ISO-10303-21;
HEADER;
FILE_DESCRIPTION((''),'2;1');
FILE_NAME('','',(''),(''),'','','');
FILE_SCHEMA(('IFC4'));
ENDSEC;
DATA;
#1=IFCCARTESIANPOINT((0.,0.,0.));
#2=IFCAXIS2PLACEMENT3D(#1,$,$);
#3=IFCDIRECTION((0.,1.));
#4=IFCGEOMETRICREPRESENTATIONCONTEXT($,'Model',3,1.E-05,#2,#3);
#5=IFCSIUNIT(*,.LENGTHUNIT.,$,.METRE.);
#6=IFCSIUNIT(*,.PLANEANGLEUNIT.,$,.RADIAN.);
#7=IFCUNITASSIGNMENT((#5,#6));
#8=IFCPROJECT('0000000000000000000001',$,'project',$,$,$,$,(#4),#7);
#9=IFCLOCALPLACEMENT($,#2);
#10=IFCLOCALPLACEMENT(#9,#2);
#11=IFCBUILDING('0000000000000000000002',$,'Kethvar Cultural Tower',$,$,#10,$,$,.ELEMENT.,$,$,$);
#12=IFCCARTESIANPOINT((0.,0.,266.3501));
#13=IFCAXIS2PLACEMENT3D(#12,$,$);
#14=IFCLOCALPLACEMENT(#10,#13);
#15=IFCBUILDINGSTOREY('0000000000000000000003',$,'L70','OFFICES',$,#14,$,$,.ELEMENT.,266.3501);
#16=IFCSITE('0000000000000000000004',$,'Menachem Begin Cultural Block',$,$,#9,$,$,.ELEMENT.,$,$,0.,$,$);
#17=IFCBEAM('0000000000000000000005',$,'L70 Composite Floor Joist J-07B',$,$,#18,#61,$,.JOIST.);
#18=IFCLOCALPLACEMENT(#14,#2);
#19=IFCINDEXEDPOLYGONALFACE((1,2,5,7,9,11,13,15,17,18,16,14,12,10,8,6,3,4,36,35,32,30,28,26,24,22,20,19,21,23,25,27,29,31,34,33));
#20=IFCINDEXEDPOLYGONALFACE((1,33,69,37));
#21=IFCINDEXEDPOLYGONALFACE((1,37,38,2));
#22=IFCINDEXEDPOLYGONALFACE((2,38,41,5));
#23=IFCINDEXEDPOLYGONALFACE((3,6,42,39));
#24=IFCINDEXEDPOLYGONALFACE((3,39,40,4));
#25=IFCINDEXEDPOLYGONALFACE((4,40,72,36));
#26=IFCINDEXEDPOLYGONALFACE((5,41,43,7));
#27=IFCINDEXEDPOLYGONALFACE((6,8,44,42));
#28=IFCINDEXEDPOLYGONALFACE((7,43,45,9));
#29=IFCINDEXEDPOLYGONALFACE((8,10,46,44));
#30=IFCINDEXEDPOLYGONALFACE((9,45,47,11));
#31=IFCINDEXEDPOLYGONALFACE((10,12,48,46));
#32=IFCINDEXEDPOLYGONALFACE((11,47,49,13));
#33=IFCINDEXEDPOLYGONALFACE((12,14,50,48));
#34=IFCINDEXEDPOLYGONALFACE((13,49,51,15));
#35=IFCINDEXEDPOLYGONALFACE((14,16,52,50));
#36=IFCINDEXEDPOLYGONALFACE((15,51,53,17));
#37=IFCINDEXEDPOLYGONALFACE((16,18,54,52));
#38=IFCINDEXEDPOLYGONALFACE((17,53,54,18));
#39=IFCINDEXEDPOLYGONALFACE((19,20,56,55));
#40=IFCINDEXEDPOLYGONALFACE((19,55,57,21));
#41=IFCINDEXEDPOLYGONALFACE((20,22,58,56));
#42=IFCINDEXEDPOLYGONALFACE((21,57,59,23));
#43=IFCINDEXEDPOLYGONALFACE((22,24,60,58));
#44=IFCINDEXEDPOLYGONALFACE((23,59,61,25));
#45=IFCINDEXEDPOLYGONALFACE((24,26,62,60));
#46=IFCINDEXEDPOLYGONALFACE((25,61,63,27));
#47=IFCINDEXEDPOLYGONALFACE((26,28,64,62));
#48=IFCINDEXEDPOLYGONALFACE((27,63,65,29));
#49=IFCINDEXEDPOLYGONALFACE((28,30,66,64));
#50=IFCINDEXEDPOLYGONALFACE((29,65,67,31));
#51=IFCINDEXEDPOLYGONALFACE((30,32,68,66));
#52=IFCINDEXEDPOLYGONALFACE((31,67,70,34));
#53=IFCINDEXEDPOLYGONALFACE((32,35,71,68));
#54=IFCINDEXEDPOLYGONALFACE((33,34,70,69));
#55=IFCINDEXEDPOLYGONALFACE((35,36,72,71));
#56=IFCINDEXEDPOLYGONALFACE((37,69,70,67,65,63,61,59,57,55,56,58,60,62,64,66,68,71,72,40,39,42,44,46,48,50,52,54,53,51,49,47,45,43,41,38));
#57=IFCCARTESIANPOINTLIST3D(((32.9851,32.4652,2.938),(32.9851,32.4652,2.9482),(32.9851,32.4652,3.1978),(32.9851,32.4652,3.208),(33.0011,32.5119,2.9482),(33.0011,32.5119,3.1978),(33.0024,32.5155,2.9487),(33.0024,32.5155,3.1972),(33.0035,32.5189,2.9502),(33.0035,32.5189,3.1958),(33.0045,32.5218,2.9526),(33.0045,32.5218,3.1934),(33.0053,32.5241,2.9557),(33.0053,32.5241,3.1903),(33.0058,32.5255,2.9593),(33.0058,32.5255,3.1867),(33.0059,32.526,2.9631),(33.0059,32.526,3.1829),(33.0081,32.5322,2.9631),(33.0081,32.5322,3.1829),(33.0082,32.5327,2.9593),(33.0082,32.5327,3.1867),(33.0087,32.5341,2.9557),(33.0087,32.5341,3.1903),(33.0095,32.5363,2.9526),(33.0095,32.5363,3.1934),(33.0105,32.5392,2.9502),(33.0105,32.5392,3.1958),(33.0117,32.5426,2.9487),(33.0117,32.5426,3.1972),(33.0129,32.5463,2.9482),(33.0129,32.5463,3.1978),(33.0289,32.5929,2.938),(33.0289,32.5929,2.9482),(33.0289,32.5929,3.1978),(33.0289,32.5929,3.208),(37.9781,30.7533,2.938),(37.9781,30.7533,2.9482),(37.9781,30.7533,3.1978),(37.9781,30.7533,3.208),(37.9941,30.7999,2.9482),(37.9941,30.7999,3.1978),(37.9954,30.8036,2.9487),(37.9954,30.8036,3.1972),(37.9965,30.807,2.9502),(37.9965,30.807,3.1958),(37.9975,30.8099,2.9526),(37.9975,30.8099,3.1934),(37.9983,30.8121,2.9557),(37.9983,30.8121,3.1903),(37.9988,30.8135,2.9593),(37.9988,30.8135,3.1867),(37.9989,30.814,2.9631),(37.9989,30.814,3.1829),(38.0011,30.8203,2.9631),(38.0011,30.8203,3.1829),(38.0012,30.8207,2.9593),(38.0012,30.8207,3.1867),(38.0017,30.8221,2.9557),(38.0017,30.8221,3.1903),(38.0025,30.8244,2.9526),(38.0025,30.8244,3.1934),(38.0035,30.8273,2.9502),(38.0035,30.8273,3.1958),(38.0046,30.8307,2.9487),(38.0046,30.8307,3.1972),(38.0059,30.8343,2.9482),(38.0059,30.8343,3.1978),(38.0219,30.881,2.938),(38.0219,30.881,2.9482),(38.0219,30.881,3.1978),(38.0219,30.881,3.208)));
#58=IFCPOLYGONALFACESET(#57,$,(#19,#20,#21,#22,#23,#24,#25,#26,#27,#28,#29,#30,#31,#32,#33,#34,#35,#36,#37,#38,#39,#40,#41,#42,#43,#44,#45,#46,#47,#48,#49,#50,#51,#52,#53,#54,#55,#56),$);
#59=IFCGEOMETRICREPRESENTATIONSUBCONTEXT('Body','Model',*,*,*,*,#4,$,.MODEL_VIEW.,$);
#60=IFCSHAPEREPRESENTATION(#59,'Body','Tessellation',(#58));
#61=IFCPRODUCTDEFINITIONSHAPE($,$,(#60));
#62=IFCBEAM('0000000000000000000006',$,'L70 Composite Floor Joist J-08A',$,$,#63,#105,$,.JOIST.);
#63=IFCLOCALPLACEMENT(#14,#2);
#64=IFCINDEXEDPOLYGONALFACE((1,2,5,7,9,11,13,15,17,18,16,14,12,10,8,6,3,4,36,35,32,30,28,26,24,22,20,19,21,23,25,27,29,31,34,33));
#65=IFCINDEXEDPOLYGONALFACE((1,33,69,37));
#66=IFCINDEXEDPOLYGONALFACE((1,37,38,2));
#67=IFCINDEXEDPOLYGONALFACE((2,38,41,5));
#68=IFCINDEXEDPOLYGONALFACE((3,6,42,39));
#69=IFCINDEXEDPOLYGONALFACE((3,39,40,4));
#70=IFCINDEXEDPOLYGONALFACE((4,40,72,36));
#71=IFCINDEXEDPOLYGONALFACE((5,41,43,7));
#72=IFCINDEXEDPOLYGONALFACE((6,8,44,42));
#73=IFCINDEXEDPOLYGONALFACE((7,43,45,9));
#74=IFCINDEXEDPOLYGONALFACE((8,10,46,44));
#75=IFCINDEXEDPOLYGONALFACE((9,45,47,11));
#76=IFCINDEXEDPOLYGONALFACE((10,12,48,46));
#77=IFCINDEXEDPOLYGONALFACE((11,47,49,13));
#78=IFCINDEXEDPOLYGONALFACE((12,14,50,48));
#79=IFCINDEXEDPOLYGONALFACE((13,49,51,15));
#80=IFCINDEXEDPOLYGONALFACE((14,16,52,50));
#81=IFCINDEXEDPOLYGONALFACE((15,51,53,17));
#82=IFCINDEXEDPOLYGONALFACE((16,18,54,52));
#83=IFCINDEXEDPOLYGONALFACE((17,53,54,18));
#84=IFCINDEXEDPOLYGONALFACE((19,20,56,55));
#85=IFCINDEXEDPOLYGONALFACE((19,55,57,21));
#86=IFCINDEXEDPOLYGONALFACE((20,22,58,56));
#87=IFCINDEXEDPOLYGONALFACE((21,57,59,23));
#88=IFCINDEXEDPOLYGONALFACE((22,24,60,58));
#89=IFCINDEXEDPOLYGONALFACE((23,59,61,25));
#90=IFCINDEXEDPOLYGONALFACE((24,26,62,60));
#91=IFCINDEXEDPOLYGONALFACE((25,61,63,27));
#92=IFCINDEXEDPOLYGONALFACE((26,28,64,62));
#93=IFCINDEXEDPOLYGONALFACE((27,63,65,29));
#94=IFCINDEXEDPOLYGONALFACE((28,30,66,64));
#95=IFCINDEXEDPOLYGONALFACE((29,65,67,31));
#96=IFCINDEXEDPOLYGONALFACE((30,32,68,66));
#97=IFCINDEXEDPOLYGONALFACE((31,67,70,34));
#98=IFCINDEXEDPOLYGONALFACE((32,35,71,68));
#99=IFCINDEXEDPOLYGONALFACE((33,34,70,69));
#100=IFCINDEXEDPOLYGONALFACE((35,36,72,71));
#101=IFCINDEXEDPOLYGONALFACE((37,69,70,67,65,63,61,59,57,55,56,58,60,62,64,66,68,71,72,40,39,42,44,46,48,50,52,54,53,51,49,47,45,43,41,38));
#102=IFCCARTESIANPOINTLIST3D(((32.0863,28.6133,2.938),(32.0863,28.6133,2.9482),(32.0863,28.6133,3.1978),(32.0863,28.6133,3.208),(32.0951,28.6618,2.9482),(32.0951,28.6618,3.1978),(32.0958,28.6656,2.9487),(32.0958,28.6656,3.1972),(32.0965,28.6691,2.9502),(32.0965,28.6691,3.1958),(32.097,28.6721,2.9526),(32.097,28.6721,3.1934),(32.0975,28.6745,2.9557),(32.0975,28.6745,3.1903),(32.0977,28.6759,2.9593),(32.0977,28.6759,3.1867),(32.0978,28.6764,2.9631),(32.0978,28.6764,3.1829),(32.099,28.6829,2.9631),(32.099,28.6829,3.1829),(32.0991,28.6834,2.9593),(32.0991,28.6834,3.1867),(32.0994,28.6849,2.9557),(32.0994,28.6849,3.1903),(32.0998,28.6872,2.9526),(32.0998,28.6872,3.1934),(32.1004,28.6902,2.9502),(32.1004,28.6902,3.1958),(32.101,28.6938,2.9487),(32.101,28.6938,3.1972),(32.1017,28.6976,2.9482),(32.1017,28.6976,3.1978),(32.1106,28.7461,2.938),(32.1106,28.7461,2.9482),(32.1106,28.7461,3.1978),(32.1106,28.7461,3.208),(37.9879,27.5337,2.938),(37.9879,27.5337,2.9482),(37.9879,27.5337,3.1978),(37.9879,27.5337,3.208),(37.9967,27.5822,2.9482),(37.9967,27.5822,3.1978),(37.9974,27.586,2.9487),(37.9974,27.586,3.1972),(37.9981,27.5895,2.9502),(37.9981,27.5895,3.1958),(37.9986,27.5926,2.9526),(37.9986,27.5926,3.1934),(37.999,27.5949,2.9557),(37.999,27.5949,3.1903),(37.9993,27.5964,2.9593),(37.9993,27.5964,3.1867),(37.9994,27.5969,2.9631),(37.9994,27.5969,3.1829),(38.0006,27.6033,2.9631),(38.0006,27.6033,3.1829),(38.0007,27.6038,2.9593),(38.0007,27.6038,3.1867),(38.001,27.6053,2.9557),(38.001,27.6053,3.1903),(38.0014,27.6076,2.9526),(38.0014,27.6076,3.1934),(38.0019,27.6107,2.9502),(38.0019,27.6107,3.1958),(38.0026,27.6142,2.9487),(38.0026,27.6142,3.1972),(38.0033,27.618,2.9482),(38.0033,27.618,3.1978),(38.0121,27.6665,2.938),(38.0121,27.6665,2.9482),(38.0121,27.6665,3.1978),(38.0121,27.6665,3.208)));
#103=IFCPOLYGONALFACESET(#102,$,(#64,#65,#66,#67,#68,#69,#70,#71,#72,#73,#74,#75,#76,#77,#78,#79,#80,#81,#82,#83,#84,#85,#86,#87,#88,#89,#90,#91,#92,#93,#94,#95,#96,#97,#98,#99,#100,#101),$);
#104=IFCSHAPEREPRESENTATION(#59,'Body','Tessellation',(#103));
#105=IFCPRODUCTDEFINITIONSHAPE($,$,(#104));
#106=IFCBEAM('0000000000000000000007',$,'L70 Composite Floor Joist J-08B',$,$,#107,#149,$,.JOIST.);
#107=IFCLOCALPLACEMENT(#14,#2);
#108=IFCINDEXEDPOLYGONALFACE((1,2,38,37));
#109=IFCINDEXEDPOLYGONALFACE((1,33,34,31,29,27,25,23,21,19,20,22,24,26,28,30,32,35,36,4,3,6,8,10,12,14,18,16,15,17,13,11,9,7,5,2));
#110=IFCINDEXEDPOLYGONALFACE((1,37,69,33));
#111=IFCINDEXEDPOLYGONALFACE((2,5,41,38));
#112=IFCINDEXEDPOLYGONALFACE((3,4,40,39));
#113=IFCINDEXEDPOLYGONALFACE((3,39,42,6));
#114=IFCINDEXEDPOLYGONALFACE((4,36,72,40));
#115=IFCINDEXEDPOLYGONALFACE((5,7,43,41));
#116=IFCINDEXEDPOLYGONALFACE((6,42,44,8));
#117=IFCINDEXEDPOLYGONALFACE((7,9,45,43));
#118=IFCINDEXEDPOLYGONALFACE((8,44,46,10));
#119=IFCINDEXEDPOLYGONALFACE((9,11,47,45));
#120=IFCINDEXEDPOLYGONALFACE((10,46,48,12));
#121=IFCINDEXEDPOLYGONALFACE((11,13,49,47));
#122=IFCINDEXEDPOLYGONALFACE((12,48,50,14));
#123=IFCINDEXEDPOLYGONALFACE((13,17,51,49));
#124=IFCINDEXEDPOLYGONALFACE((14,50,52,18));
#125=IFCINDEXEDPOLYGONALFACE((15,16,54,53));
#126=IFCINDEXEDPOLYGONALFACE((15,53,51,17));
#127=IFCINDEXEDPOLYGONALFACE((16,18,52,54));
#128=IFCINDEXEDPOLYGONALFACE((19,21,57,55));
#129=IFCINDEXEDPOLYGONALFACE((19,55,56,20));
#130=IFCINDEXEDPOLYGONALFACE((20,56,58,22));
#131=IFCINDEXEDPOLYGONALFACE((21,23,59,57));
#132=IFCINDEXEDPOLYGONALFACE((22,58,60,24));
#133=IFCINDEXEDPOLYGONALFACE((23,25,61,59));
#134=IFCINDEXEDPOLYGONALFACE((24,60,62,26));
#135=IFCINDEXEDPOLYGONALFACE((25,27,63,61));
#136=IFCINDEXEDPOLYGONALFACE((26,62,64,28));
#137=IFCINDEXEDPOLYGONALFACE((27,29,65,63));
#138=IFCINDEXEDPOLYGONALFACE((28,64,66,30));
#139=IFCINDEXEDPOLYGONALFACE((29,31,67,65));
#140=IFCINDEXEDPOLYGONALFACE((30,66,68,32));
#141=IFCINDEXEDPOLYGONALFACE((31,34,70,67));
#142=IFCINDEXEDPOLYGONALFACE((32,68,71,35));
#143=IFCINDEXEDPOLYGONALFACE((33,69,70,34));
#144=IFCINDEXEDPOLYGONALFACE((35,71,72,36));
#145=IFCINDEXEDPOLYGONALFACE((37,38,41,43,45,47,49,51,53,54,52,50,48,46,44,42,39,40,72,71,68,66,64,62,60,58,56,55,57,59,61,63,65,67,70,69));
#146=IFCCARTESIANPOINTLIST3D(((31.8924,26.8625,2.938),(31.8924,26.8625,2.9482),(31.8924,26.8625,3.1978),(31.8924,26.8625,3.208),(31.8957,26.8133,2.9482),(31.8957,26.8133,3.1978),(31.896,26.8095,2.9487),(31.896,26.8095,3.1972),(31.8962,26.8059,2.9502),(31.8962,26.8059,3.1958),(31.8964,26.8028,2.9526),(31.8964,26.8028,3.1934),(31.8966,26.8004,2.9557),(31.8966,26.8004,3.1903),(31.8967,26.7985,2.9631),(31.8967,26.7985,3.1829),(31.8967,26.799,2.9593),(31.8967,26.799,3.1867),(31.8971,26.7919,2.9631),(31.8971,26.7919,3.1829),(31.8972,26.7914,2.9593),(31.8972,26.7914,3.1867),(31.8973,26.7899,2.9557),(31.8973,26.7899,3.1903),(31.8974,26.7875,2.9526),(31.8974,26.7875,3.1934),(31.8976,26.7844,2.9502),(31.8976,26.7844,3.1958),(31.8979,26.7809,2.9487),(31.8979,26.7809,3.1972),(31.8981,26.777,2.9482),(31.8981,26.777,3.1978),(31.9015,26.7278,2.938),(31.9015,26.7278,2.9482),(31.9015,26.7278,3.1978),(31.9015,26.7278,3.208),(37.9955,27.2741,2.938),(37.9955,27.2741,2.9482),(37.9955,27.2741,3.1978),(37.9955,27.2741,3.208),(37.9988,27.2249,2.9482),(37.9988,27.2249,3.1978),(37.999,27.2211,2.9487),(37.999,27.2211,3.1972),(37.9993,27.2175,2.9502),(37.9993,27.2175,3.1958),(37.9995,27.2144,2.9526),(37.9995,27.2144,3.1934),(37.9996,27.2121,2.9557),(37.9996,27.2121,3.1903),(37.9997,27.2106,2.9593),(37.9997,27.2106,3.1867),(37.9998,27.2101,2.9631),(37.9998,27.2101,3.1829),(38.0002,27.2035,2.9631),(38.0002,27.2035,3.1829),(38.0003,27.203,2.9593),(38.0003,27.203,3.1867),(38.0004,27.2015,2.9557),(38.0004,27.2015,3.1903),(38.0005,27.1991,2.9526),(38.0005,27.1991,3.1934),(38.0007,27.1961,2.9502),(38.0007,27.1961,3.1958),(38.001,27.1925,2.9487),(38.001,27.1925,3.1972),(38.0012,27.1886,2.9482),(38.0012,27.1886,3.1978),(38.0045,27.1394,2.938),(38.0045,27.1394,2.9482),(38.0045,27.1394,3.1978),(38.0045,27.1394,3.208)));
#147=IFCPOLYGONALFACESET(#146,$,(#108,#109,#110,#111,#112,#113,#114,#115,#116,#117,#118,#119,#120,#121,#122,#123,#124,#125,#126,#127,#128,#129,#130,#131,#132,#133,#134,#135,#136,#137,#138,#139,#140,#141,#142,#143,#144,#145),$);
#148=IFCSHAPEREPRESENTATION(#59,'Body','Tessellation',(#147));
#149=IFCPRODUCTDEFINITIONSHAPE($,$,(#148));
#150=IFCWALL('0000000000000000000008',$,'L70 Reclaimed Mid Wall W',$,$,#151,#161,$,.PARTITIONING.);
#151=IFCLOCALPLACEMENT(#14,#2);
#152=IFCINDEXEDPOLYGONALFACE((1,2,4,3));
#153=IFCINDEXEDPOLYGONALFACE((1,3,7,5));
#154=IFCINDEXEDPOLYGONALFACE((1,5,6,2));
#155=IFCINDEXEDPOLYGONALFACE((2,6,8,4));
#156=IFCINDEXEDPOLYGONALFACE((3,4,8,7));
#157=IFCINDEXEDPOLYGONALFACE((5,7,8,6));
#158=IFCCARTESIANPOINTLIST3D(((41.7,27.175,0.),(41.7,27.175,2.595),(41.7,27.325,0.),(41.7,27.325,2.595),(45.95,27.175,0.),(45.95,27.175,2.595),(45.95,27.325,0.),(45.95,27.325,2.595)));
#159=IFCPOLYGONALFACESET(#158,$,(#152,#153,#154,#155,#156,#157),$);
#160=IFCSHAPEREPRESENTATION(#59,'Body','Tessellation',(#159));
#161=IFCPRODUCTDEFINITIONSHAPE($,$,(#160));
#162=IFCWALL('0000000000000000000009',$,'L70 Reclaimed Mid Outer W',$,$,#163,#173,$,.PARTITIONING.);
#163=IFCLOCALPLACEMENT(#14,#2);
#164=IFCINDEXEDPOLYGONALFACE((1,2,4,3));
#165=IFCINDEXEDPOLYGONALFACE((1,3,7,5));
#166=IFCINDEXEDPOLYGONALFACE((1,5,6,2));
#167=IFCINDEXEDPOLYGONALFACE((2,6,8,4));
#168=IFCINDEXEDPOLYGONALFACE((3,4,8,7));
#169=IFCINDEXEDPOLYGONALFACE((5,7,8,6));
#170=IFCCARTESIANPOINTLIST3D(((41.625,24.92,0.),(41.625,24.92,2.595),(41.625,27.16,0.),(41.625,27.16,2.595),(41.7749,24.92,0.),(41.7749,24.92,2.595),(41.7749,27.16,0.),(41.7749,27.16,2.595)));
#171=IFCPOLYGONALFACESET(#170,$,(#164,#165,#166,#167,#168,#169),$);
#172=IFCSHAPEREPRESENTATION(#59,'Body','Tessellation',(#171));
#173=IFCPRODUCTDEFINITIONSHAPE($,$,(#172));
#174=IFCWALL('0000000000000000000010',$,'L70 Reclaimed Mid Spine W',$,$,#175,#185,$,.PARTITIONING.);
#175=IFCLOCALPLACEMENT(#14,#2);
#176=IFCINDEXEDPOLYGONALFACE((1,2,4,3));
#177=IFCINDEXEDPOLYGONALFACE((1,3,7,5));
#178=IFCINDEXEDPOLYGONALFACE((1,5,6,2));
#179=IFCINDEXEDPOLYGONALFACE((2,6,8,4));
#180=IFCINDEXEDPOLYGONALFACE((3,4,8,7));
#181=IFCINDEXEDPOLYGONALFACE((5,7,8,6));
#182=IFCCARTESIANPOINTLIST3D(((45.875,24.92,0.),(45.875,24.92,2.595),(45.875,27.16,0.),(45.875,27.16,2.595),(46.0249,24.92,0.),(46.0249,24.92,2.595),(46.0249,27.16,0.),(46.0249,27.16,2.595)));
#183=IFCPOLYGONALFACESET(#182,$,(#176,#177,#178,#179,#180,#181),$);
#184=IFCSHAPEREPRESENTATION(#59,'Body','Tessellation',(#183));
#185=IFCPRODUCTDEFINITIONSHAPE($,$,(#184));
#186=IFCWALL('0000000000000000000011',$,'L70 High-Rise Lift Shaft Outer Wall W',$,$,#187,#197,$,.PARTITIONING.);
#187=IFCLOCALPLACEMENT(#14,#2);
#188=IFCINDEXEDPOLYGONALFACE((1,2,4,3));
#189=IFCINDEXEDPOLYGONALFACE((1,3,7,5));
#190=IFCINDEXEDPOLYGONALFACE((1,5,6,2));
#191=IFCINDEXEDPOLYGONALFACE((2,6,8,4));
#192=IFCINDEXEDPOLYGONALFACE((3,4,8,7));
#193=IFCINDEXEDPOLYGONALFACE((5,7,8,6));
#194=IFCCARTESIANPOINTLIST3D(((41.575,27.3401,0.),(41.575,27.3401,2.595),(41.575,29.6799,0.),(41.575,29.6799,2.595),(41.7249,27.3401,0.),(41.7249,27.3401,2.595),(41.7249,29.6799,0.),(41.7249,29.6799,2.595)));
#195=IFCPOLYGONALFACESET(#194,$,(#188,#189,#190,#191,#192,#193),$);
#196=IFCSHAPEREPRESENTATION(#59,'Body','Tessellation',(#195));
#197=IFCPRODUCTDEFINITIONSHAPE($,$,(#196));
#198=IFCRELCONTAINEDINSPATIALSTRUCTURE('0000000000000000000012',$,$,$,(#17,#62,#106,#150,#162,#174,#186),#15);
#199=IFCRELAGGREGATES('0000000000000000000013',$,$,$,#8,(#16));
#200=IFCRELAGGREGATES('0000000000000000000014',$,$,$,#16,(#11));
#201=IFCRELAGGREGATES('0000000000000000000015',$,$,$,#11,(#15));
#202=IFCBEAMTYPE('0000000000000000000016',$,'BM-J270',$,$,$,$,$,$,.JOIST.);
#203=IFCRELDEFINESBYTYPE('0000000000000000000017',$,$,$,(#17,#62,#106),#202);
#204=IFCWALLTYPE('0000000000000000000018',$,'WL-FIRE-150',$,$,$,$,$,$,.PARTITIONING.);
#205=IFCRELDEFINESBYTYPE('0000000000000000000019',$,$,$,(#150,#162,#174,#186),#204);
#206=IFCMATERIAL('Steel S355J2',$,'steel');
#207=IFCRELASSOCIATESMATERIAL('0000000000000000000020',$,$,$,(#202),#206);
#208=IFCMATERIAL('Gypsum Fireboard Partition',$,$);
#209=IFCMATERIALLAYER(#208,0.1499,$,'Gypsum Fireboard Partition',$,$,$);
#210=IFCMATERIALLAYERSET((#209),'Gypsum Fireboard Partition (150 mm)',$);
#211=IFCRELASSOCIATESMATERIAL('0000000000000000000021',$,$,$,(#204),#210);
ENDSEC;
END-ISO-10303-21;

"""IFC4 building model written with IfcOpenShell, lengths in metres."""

from ifc_helpers import new_model, si_unit, direction, frame, frame_2d, origin, origin_2d, place, context, subcontext, project, spatial, rectangle, i_section, extrude, source, transform, mapped, material, layer, layer_set, material_profile, profile_set, type_object, element, save


model = new_model("IFC4")

# Units and contexts
model_context = context("Model", 3, precision=1e-05, world=origin(), true_north=direction((0.0, 1.0)))
body_context = subcontext(model_context, "Body", "Model", "MODEL_VIEW")
ifc_project = project(units=[si_unit("LENGTHUNIT", "METRE"), si_unit("PLANEANGLEUNIT", "RADIAN")], contexts=[model_context])

# Site, building, storey
site_placement = place(None, origin())
site = spatial("IfcSite", under=ifc_project, at=site_placement, Name="Menachem Begin Cultural Block", CompositionType="ELEMENT", RefElevation=0.0)
building_placement = place(site_placement, origin())
building = spatial("IfcBuilding", under=site, at=building_placement, Name="Kethvar Cultural Tower", CompositionType="ELEMENT")
storey_placement = place(building_placement, frame((0.0, 0.0, 266.3501)))
storey = spatial("IfcBuildingStorey", under=building, at=storey_placement, Name="L70", Description="OFFICES", CompositionType="ELEMENT", Elevation=266.3501)

# Beams
ifc_material_1 = material(Name="Steel S355J2", Category="steel")
ifc_material_profile_1 = material_profile(ifc_material_1, i_section(OverallWidth=0.135, OverallDepth=0.27, WebThickness=0.0066, FlangeThickness=0.0103, FilletRadius=0.0149, at=origin_2d()), Name="Steel S355J2 — IPE270")
ifc_profile_set_1 = profile_set([ifc_material_profile_1], Name="Steel S355J2 — IPE270")
beam_type_1 = type_object("IfcBeamType", Name="BM-J270", PredefinedType="JOIST", material=ifc_profile_set_1)
shared_shape_1 = source(origin(), body_context, "Body", "SweptSolid", [
    extrude(i_section(OverallWidth=0.135, OverallDepth=0.27, WebThickness=0.0066, FlangeThickness=0.0103, FilletRadius=0.0149, at=origin_2d()), origin(), (0.0, 0.0, 1.0), 5.2783),
])
beam_1_placement = place(storey_placement, frame((38.0, 30.8171, 3.073), z_axis=(-0.945943, 0.324334, 0.0), x_axis=(-0.324334, -0.945943, 0.0)))
element("IfcBeam", 1, at=beam_1_placement, inside=storey, type_object=beam_type_1, Name="L70 Composite Floor Joist J-07B", PredefinedType="JOIST", context=body_context, shape_type="MappedRepresentation", body=[
    mapped(shared_shape_1, transform((0.0, 0.0, 0.0), scale=1.0)),
])
shared_shape_2 = source(origin(), body_context, "Body", "SweptSolid", [
    extrude(i_section(OverallWidth=0.135, OverallDepth=0.27, WebThickness=0.0066, FlangeThickness=0.0103, FilletRadius=0.0149, at=origin_2d()), origin(), (0.0, 0.0, 1.0), 5.9995),
])
beam_2_placement = place(storey_placement, frame((38.0, 27.6001, 3.073), z_axis=(-0.983677, 0.179945, 0.0), x_axis=(-0.179945, -0.983677, 0.0)))
element("IfcBeam", 2, at=beam_2_placement, inside=storey, type_object=beam_type_1, Name="L70 Composite Floor Joist J-08A", PredefinedType="JOIST", context=body_context, shape_type="MappedRepresentation", body=[
    mapped(shared_shape_2, transform((0.0, 0.0, 0.0), scale=1.0)),
])
shared_shape_3 = source(origin(), body_context, "Body", "SweptSolid", [
    extrude(i_section(OverallWidth=0.135, OverallDepth=0.27, WebThickness=0.0066, FlangeThickness=0.0103, FilletRadius=0.0149, at=origin_2d()), origin(), (0.0, 0.0, 1.0), 6.1169),
])
beam_3_placement = place(storey_placement, frame((38.0, 27.2068, 3.073), z_axis=(-0.997733, -0.067293, 0.0), x_axis=(0.067293, -0.997733, 0.0)))
element("IfcBeam", 3, at=beam_3_placement, inside=storey, type_object=beam_type_1, Name="L70 Composite Floor Joist J-08B", PredefinedType="JOIST", context=body_context, shape_type="MappedRepresentation", body=[
    mapped(shared_shape_3, transform((0.0, 0.0, 0.0), scale=1.0)),
])

# Walls
ifc_material_2 = material(Name="Gypsum Fireboard Partition")
ifc_layer_1 = layer(ifc_material_2, 0.1499, Name="Gypsum Fireboard Partition")
ifc_layer_set_1 = layer_set([ifc_layer_1], Name="Gypsum Fireboard Partition (150 mm)")
wall_type_1 = type_object("IfcWallType", Name="WL-FIRE-150", PredefinedType="PARTITIONING", material=ifc_layer_set_1)
wall_1_placement = place(storey_placement, frame((41.7, 27.25, 0.0), z_axis=(0.0, 0.0, 1.0), x_axis=(1.0, 0.0, 0.0)))
element("IfcWall", 4, at=wall_1_placement, inside=storey, type_object=wall_type_1, Name="L70 Reclaimed Mid Wall W", PredefinedType="PARTITIONING", context=body_context, shape_type="SweptSolid", body=[
    extrude(rectangle(XDim=4.25, YDim=0.1499, at=frame_2d((2.125, 0.0))), origin(), (0.0, 0.0, 1.0), 2.595),
])
for number, where, z_axis, x_axis, name in (
    (5, (41.7, 24.9199, 0.0), (0.0, 0.0, 1.0), (0.0, 1.0, 0.0), "L70 Reclaimed Mid Outer W"),
    (6, (45.95, 24.9199, 0.0), (0.0, 0.0, 1.0), (0.0, 1.0, 0.0), "L70 Reclaimed Mid Spine W"),
):
    element("IfcWall", number, at=place(storey_placement, frame(where, z_axis=z_axis, x_axis=x_axis)), inside=storey, type_object=wall_type_1, Name=name, PredefinedType="PARTITIONING", context=body_context, shape_type="SweptSolid", body=[
        extrude(rectangle(XDim=2.24, YDim=0.1499, at=frame_2d((1.1201, 0.0))), origin(), (0.0, 0.0, 1.0), 2.595),
    ])
for number, where, z_axis, x_axis, name in (
    (7, (41.6499, 27.3401, 0.0), (0.0, 0.0, 1.0), (0.0, 1.0, 0.0), "L70 High-Rise Lift Shaft Outer Wall W"),
):
    element("IfcWall", number, at=place(storey_placement, frame(where, z_axis=z_axis, x_axis=x_axis)), inside=storey, type_object=wall_type_1, Name=name, PredefinedType="PARTITIONING", context=body_context, shape_type="SweptSolid", body=[
        extrude(rectangle(XDim=2.3398, YDim=0.1499, at=frame_2d((1.1699, 0.0))), origin(), (0.0, 0.0, 1.0), 2.595),
    ])

save(model, "model.ifc")
